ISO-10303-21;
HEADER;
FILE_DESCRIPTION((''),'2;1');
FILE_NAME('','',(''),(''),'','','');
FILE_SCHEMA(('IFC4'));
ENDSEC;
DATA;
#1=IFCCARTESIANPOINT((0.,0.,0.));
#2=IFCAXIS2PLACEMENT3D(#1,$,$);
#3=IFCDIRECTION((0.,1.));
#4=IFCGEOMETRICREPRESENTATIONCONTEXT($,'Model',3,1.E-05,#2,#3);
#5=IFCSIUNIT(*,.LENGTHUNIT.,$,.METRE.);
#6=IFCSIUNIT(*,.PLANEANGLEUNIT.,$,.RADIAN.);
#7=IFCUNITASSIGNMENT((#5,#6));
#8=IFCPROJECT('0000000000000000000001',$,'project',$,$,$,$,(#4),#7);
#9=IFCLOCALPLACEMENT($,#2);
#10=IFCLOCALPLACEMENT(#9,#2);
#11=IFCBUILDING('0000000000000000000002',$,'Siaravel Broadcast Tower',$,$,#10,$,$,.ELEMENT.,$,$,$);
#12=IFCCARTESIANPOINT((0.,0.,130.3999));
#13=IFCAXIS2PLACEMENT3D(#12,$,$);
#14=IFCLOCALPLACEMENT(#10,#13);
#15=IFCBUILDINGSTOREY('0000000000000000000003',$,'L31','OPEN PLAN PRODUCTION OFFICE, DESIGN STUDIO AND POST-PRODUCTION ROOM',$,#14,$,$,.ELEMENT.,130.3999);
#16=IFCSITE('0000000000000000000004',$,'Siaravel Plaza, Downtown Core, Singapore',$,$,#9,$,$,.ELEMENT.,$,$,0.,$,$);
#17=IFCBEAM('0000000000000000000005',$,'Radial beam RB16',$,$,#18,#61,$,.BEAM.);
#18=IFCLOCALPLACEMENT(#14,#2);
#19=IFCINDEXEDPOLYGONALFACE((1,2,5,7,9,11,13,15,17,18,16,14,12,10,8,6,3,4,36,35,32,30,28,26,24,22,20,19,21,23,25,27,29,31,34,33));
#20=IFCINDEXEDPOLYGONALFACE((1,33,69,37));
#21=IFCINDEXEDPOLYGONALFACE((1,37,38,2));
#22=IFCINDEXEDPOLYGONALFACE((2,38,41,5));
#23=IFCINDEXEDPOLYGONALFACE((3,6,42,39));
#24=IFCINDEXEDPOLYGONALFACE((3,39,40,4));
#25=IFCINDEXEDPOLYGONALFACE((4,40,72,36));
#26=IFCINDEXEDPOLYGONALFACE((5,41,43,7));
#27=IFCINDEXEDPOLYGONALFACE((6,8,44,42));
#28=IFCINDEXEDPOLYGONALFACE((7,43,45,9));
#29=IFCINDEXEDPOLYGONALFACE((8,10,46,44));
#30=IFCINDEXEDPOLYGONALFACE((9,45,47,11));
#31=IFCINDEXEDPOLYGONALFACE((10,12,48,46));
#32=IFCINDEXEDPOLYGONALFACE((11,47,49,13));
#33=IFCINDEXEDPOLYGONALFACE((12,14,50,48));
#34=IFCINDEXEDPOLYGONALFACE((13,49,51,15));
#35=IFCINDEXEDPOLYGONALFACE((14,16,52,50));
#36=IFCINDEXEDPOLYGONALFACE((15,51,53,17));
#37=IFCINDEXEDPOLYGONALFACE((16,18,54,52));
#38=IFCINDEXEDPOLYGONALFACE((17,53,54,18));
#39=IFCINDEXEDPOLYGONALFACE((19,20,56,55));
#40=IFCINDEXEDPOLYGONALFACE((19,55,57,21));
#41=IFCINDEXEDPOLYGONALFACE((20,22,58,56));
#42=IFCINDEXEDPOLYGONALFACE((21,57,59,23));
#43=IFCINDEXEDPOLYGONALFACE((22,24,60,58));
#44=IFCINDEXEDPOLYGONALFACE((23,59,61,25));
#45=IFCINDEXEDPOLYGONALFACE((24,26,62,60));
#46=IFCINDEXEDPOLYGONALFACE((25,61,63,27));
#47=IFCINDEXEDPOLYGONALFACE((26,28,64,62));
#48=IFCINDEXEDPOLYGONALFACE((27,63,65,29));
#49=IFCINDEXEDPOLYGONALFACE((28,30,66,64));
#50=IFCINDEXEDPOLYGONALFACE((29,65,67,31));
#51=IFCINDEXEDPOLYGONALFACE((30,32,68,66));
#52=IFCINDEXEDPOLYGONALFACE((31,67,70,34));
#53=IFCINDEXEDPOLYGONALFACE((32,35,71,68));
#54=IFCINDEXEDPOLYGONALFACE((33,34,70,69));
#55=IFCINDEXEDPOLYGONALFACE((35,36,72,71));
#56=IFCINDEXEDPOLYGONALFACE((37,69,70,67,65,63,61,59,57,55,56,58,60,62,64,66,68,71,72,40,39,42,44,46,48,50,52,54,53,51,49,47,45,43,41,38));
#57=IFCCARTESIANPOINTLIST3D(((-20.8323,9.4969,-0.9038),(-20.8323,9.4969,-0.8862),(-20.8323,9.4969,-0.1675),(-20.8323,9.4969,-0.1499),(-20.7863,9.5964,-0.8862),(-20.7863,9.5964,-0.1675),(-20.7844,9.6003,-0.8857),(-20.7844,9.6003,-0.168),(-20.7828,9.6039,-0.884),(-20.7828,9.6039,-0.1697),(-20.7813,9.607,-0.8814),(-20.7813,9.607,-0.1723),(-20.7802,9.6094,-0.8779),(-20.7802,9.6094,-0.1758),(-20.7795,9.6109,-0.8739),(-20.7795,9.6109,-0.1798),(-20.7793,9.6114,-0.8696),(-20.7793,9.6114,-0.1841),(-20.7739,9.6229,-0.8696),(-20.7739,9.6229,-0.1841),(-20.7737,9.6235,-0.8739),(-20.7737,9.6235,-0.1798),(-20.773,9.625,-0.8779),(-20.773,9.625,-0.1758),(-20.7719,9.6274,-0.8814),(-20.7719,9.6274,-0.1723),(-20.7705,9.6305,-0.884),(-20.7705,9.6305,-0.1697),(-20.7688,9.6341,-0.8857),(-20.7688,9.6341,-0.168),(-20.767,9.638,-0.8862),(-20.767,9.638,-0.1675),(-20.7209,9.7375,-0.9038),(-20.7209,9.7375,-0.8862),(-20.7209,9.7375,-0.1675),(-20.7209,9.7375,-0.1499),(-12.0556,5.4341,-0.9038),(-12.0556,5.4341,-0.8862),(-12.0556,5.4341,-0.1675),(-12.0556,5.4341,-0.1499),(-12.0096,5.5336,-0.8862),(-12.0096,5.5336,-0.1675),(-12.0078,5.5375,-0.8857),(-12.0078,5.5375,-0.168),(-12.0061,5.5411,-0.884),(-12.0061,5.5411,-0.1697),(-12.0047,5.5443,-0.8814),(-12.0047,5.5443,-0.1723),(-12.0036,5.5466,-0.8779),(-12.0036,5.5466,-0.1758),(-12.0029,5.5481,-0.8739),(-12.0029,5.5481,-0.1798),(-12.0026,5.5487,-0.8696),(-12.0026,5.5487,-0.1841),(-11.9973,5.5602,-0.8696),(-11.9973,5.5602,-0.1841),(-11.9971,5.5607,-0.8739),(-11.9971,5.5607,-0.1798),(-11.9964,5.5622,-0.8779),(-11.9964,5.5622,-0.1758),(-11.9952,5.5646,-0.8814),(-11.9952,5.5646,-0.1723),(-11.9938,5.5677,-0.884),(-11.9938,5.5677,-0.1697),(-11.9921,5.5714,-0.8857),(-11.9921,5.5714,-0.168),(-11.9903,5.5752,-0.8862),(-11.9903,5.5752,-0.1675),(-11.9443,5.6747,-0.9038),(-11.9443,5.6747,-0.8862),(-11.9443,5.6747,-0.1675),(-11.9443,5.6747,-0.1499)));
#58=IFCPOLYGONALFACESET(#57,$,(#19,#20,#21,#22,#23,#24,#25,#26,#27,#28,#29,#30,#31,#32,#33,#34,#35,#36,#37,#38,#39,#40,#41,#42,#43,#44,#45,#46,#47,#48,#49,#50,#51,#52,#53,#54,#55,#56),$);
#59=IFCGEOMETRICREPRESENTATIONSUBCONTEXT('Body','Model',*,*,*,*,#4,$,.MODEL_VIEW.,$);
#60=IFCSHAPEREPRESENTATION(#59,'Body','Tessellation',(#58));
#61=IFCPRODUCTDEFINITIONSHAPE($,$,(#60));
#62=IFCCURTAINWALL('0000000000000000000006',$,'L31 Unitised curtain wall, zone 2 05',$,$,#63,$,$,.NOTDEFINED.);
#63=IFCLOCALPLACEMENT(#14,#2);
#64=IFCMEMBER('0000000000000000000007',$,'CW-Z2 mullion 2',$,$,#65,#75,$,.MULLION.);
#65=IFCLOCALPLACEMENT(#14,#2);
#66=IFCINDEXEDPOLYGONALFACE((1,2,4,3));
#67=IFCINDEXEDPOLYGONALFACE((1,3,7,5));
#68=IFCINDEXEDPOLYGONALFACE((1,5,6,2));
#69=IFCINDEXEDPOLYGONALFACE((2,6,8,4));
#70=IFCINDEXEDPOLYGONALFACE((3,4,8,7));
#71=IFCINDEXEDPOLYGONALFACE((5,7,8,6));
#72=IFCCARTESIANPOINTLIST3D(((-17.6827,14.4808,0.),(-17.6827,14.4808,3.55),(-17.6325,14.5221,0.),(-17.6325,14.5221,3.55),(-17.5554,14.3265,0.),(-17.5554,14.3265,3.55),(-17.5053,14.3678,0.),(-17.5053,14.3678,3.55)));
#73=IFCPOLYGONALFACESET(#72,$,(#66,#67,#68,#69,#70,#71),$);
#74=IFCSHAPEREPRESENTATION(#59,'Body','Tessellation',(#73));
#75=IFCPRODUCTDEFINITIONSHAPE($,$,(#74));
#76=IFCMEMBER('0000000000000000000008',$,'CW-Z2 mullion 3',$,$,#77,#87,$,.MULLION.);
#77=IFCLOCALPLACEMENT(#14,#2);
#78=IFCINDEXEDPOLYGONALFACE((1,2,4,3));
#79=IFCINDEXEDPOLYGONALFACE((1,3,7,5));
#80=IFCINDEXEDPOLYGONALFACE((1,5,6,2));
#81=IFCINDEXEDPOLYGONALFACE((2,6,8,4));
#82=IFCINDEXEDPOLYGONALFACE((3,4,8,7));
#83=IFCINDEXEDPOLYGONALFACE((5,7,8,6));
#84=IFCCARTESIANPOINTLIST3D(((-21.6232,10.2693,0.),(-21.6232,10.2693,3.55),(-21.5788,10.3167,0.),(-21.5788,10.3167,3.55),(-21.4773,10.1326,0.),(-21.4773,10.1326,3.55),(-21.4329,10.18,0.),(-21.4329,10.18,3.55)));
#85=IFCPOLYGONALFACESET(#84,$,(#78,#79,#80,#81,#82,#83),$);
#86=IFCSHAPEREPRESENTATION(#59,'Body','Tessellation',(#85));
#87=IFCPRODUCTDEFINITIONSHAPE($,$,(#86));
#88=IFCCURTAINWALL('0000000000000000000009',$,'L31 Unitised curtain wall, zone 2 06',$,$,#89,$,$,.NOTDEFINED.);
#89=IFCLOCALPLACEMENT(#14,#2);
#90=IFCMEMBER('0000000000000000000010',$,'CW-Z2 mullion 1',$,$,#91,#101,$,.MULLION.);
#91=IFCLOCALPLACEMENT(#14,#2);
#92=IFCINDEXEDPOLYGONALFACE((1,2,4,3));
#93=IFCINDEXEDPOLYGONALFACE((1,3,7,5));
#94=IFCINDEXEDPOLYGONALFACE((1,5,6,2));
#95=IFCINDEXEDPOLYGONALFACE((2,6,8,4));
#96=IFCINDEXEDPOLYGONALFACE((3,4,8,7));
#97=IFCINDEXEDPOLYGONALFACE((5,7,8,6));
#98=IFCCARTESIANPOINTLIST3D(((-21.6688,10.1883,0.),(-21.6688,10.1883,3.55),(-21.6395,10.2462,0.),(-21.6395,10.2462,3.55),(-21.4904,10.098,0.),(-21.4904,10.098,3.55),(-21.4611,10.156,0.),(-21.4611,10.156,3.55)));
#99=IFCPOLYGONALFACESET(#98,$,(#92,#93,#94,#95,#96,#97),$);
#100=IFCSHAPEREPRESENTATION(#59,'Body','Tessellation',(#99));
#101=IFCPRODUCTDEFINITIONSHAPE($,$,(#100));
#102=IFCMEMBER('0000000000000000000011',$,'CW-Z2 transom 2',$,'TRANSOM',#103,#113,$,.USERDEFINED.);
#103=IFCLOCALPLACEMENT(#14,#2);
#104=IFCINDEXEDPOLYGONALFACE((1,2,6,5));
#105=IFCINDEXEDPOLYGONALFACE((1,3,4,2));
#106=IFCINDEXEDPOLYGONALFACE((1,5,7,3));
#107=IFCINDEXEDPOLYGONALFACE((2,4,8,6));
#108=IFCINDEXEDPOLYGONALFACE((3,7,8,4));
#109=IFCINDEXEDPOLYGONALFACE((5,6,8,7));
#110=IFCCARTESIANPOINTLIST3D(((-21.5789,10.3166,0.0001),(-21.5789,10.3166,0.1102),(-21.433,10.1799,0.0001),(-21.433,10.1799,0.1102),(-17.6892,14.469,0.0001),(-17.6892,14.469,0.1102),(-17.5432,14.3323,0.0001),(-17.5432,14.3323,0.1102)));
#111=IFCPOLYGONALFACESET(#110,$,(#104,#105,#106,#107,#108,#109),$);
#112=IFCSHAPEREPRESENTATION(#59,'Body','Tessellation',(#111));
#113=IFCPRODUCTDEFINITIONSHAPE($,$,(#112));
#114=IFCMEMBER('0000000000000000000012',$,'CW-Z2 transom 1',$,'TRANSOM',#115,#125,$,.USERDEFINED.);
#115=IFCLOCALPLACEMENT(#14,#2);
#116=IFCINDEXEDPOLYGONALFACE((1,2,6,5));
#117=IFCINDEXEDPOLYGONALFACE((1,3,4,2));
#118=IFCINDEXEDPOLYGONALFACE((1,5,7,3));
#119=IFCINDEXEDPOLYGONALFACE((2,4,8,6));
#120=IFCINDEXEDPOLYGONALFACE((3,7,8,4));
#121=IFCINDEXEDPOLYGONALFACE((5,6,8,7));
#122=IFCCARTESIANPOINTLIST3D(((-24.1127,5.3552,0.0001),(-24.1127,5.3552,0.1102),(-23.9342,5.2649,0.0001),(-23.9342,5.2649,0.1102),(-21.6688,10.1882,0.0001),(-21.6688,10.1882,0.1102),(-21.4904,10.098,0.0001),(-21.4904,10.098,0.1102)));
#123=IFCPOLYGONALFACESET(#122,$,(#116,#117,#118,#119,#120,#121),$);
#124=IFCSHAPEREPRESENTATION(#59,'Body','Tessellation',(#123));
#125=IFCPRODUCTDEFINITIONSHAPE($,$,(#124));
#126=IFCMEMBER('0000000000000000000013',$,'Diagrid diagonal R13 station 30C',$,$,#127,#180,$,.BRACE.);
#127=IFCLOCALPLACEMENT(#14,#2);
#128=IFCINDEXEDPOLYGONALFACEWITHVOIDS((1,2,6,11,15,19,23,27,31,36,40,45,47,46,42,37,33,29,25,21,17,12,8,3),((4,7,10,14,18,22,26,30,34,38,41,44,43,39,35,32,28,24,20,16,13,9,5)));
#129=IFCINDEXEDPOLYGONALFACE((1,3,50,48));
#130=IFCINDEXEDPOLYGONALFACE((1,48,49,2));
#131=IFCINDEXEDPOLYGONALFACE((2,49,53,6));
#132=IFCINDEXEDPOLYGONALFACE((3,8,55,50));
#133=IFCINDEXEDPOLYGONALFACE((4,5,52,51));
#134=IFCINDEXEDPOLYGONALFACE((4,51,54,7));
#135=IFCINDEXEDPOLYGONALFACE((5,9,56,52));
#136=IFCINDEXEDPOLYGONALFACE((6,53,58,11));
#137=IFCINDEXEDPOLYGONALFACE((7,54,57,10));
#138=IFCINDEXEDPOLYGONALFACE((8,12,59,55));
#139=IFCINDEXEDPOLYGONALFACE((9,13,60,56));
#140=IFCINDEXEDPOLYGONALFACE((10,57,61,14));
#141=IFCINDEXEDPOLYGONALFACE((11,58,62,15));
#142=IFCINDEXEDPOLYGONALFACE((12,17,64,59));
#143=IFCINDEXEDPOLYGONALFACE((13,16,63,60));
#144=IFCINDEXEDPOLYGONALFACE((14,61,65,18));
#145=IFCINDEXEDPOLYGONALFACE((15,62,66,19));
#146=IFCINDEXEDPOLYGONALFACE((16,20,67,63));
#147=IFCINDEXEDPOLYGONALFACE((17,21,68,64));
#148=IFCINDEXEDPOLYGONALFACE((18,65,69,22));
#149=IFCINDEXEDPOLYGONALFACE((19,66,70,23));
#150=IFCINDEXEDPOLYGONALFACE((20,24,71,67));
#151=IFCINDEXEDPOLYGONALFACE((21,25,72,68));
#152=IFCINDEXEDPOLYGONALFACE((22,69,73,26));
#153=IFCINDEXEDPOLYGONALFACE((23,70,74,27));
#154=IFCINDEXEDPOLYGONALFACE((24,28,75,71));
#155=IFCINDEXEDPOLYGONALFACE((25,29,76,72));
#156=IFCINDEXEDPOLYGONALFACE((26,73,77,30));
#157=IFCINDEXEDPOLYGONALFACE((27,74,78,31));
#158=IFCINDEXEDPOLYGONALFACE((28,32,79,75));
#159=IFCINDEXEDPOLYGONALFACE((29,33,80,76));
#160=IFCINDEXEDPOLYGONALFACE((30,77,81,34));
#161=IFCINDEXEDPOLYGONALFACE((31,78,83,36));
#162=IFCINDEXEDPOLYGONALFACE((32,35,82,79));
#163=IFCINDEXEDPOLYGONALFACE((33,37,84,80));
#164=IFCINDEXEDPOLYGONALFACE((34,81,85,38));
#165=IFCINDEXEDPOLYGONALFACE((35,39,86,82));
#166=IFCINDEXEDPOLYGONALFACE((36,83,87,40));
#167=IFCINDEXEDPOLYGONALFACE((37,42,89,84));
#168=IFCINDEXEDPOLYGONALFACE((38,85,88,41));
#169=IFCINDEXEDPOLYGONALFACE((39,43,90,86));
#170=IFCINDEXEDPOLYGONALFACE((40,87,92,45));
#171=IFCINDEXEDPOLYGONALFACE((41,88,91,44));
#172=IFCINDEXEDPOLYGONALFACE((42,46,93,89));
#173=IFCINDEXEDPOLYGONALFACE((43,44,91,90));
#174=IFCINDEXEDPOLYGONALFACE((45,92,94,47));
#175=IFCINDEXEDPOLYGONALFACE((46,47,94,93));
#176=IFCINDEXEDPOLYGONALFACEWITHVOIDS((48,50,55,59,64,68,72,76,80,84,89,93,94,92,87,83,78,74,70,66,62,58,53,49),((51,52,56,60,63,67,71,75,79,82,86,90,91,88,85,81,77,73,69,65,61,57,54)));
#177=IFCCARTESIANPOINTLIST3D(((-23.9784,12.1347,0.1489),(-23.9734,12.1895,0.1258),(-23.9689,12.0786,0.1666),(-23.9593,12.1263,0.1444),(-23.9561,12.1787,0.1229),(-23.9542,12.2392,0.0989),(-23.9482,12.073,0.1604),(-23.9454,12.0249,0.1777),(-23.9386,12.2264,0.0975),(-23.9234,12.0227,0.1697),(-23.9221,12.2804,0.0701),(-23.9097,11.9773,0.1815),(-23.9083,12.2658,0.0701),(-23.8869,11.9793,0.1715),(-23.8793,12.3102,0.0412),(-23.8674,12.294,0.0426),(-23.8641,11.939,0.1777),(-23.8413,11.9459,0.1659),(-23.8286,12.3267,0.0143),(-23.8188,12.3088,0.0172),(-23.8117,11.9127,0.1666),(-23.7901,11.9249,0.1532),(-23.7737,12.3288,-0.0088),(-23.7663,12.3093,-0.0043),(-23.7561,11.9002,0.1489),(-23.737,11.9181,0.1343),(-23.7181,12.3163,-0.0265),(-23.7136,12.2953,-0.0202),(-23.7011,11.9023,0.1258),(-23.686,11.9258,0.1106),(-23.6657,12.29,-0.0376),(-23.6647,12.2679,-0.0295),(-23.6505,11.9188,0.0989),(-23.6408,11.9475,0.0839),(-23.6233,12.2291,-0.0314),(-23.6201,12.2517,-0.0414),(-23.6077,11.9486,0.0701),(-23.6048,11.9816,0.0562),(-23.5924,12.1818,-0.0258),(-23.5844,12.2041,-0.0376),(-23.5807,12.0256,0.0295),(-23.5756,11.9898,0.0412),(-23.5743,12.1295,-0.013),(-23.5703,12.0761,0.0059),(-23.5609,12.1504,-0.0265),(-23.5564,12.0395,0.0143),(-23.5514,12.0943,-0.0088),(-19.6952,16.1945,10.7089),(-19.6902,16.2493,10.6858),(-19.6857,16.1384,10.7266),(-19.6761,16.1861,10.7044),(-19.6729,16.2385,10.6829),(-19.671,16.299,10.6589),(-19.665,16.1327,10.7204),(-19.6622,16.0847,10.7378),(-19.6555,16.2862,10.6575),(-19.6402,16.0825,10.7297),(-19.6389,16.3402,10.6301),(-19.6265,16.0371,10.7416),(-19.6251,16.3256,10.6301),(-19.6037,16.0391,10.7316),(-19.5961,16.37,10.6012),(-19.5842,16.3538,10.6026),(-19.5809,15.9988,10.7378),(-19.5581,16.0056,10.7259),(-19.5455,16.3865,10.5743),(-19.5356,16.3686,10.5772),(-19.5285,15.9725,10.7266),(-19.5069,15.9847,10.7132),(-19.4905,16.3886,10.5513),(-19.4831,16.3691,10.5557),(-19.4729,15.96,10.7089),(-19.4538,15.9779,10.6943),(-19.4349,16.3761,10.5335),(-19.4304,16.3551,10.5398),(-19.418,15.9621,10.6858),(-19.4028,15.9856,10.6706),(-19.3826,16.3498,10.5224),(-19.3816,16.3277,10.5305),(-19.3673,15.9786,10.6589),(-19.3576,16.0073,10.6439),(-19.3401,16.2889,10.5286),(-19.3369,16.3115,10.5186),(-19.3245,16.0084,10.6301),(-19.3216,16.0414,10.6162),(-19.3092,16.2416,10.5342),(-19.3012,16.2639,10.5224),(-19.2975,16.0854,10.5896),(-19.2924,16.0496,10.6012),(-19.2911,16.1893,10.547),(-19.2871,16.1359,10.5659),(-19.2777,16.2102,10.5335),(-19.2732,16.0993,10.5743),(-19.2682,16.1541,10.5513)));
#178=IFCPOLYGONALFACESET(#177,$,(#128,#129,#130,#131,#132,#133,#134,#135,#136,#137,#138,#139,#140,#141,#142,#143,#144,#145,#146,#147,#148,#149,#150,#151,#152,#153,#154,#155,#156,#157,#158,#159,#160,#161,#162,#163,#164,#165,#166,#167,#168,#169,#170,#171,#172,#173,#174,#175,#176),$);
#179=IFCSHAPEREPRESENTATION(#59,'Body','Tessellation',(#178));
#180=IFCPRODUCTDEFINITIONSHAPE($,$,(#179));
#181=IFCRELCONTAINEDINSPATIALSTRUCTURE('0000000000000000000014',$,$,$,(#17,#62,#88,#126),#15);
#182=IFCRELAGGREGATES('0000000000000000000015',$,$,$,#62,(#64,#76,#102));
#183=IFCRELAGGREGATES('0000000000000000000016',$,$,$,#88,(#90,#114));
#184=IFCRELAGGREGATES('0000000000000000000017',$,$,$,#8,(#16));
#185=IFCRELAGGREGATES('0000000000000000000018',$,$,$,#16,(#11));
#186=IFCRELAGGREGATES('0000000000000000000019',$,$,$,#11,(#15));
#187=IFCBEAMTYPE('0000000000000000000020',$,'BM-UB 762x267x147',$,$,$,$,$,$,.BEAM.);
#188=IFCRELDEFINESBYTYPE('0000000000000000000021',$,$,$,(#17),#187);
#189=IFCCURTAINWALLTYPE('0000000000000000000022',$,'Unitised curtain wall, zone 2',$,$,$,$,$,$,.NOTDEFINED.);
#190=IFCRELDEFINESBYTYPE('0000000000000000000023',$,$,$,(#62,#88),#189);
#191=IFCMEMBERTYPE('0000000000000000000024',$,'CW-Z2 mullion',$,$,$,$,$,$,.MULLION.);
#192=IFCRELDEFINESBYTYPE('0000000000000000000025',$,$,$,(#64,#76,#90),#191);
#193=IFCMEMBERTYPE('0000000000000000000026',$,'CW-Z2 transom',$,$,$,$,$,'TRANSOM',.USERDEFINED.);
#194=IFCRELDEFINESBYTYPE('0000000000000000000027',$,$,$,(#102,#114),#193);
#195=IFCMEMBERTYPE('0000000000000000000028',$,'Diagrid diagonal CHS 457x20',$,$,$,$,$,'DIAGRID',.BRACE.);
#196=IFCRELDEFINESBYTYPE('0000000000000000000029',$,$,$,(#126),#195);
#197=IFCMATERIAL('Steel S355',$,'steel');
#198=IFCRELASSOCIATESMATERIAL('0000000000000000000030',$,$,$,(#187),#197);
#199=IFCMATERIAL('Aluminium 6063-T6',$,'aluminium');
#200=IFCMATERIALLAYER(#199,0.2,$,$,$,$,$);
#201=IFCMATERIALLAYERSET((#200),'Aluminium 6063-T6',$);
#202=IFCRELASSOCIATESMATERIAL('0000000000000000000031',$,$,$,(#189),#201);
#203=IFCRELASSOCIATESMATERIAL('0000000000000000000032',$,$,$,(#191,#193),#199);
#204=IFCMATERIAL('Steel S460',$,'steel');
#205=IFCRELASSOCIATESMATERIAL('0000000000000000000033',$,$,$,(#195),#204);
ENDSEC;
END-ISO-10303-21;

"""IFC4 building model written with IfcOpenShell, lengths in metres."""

from ifc_helpers import new_model, si_unit, direction, frame, origin, origin_2d, place, context, subcontext, project, spatial, rectangle, hollow_circle, i_section, extrude, material, layer, layer_set, material_profile, profile_set, type_object, element, aggregate, save


model = new_model("IFC4")

# Units and contexts
model_context = context("Model", 3, precision=1e-05, world=origin(), true_north=direction((0.0, 1.0)))
body_context = subcontext(model_context, "Body", "Model", "MODEL_VIEW")
ifc_project = project(units=[si_unit("LENGTHUNIT", "METRE"), si_unit("PLANEANGLEUNIT", "RADIAN")], contexts=[model_context])

# Site, building, storey
site_placement = place(None, origin())
site = spatial("IfcSite", under=ifc_project, at=site_placement, Name="Siaravel Plaza, Downtown Core, Singapore", CompositionType="ELEMENT", RefElevation=0.0)
building_placement = place(site_placement, origin())
building = spatial("IfcBuilding", under=site, at=building_placement, Name="Siaravel Broadcast Tower", CompositionType="ELEMENT")
storey_placement = place(building_placement, frame((0.0, 0.0, 130.3999)))
storey = spatial("IfcBuildingStorey", under=building, at=storey_placement, Name="L31", Description="OPEN PLAN PRODUCTION OFFICE, DESIGN STUDIO AND POST-PRODUCTION ROOM", CompositionType="ELEMENT", Elevation=130.3999)

# Beam
ifc_material_1 = material(Name="Steel S355", Category="steel")
ifc_material_profile_1 = material_profile(ifc_material_1, i_section(OverallWidth=0.2651, OverallDepth=0.7539, WebThickness=0.0127, FlangeThickness=0.0176, FilletRadius=0.0166, at=origin_2d()))
ifc_profile_set_1 = profile_set([ifc_material_profile_1], Name="Steel S355")
beam_type = type_object("IfcBeamType", Name="BM-UB 762x267x147", PredefinedType="BEAM", material=ifc_profile_set_1)
beam_1_placement = place(storey_placement, frame((-20.7766, 9.6172, -0.5269), z_axis=(0.907487, -0.420081, 0.0), x_axis=(0.420081, 0.907487, 0.0)))
element("IfcBeam", 1, at=beam_1_placement, inside=storey, type_object=beam_type, Name="Radial beam RB16", PredefinedType="BEAM", context=body_context, shape_type="SweptSolid", body=[
    extrude(i_section(OverallWidth=0.2651, OverallDepth=0.7539, WebThickness=0.0127, FlangeThickness=0.0176, FilletRadius=0.0166, at=origin_2d()), origin(), (0.0, 0.0, 1.0), 9.6714),
])

# Curtain wall, members
ifc_material_2 = material(Name="Aluminium 6063-T6", Category="aluminium")
ifc_layer_1 = layer(ifc_material_2, 0.2)
ifc_layer_set_1 = layer_set([ifc_layer_1], Name="Aluminium 6063-T6")
curtain_wall_type = type_object("IfcCurtainWallType", Name="Unitised curtain wall, zone 2", PredefinedType="NOTDEFINED", material=ifc_layer_set_1)
curtain_wall_1_placement = place(storey_placement, origin())
curtain_wall_1 = element("IfcCurtainWall", 2, at=curtain_wall_1_placement, inside=storey, type_object=curtain_wall_type, Name="L31 Unitised curtain wall, zone 2 05", PredefinedType="NOTDEFINED")
ifc_material_profile_2 = material_profile(ifc_material_2, rectangle(XDim=0.2, YDim=0.0649, at=origin_2d()))
ifc_profile_set_2 = profile_set([ifc_material_profile_2], Name="Aluminium 6063-T6")
member_type_1 = type_object("IfcMemberType", Name="CW-Z2 mullion", PredefinedType="MULLION", material=ifc_profile_set_2)
member_1_placement = place(storey_placement, frame((-17.594, 14.4243, 0.0), z_axis=(0.0, 0.0, 1.0), x_axis=(0.63622, -0.771507, 0.0)))
member_1 = element("IfcMember", 3, at=member_1_placement, type_object=member_type_1, Name="CW-Z2 mullion 2", PredefinedType="MULLION", context=body_context, shape_type="SweptSolid", body=[
    extrude(rectangle(XDim=0.2, YDim=0.0649, at=origin_2d()), origin(), (0.0, 0.0, 1.0), 3.55),
])
member_2_placement = place(storey_placement, frame((-21.5281, 10.2246, 0.0), z_axis=(0.0, 0.0, 1.0), x_axis=(0.729807, -0.683653, 0.0)))
member_2 = element("IfcMember", 4, at=member_2_placement, type_object=member_type_1, Name="CW-Z2 mullion 3", PredefinedType="MULLION", context=body_context, shape_type="SweptSolid", body=[
    extrude(rectangle(XDim=0.2, YDim=0.0649, at=origin_2d()), origin(), (0.0, 0.0, 1.0), 3.55),
])

# Curtain wall, member
curtain_wall_2_placement = place(storey_placement, origin())
curtain_wall_2 = element("IfcCurtainWall", 5, at=curtain_wall_2_placement, inside=storey, type_object=curtain_wall_type, Name="L31 Unitised curtain wall, zone 2 06", PredefinedType="NOTDEFINED")
member_3_placement = place(storey_placement, frame((-21.5649, 10.1721, 0.0), z_axis=(0.0, 0.0, 1.0), x_axis=(0.892393, -0.451259, 0.0)))
member_3 = element("IfcMember", 6, at=member_3_placement, type_object=member_type_1, Name="CW-Z2 mullion 1", PredefinedType="MULLION", context=body_context, shape_type="SweptSolid", body=[
    extrude(rectangle(XDim=0.2, YDim=0.0649, at=origin_2d()), origin(), (0.0, 0.0, 1.0), 3.55),
])

# Members
ifc_material_profile_3 = material_profile(ifc_material_2, rectangle(XDim=0.2, YDim=0.1101, at=origin_2d()))
ifc_profile_set_3 = profile_set([ifc_material_profile_3], Name="Aluminium 6063-T6")
member_type_2 = type_object("IfcMemberType", Name="CW-Z2 transom", ElementType="TRANSOM", PredefinedType="USERDEFINED", material=ifc_profile_set_3)
member_4_placement = place(storey_placement, frame((-17.6162, 14.4006, 0.0552), z_axis=(-0.683644, -0.729815, 0.0), x_axis=(0.729815, -0.683644, 0.0)))
member_4 = element("IfcMember", 7, at=member_4_placement, type_object=member_type_2, Name="CW-Z2 transom 2", ObjectType="TRANSOM", PredefinedType="USERDEFINED", context=body_context, shape_type="SweptSolid", body=[
    extrude(rectangle(XDim=0.2, YDim=0.1101, at=origin_2d()), origin(), (0.0, 0.0, 1.0), 5.6897),
])
member_5_placement = place(storey_placement, frame((-21.5796, 10.1431, 0.0552), z_axis=(-0.451248, -0.892398, 0.0), x_axis=(0.892398, -0.451248, 0.0)))
member_5 = element("IfcMember", 8, at=member_5_placement, type_object=member_type_2, Name="CW-Z2 transom 1", ObjectType="TRANSOM", PredefinedType="USERDEFINED", context=body_context, shape_type="SweptSolid", body=[
    extrude(rectangle(XDim=0.2, YDim=0.1101, at=origin_2d()), origin(), (0.0, 0.0, 1.0), 5.4158),
])

# Member
ifc_material_3 = material(Name="Steel S460", Category="steel")
ifc_material_profile_4 = material_profile(ifc_material_3, hollow_circle(Radius=0.2285, WallThickness=0.02, at=origin_2d()))
ifc_profile_set_4 = profile_set([ifc_material_profile_4], Name="Steel S460")
member_type_3 = type_object("IfcMemberType", Name="Diagrid diagonal CHS 457x20", ElementType="DIAGRID", PredefinedType="BRACE", material=ifc_profile_set_4)
member_6_placement = place(storey_placement, frame((-23.7649, 12.1145, 0.0701), z_axis=(0.354065, 0.335599, 0.872933), x_axis=(-0.687927, 0.72578, 0.0)))
element("IfcMember", 9, at=member_6_placement, inside=storey, type_object=member_type_3, Name="Diagrid diagonal R13 station 30C", PredefinedType="BRACE", context=body_context, shape_type="SweptSolid", body=[
    extrude(hollow_circle(Radius=0.2285, WallThickness=0.02, at=origin_2d()), origin(), (0.0, 0.0, 1.0), 12.0972),
])

aggregate(curtain_wall_1, [member_1, member_2, member_4])
aggregate(curtain_wall_2, [member_3, member_5])

save(model, "model.ifc")
